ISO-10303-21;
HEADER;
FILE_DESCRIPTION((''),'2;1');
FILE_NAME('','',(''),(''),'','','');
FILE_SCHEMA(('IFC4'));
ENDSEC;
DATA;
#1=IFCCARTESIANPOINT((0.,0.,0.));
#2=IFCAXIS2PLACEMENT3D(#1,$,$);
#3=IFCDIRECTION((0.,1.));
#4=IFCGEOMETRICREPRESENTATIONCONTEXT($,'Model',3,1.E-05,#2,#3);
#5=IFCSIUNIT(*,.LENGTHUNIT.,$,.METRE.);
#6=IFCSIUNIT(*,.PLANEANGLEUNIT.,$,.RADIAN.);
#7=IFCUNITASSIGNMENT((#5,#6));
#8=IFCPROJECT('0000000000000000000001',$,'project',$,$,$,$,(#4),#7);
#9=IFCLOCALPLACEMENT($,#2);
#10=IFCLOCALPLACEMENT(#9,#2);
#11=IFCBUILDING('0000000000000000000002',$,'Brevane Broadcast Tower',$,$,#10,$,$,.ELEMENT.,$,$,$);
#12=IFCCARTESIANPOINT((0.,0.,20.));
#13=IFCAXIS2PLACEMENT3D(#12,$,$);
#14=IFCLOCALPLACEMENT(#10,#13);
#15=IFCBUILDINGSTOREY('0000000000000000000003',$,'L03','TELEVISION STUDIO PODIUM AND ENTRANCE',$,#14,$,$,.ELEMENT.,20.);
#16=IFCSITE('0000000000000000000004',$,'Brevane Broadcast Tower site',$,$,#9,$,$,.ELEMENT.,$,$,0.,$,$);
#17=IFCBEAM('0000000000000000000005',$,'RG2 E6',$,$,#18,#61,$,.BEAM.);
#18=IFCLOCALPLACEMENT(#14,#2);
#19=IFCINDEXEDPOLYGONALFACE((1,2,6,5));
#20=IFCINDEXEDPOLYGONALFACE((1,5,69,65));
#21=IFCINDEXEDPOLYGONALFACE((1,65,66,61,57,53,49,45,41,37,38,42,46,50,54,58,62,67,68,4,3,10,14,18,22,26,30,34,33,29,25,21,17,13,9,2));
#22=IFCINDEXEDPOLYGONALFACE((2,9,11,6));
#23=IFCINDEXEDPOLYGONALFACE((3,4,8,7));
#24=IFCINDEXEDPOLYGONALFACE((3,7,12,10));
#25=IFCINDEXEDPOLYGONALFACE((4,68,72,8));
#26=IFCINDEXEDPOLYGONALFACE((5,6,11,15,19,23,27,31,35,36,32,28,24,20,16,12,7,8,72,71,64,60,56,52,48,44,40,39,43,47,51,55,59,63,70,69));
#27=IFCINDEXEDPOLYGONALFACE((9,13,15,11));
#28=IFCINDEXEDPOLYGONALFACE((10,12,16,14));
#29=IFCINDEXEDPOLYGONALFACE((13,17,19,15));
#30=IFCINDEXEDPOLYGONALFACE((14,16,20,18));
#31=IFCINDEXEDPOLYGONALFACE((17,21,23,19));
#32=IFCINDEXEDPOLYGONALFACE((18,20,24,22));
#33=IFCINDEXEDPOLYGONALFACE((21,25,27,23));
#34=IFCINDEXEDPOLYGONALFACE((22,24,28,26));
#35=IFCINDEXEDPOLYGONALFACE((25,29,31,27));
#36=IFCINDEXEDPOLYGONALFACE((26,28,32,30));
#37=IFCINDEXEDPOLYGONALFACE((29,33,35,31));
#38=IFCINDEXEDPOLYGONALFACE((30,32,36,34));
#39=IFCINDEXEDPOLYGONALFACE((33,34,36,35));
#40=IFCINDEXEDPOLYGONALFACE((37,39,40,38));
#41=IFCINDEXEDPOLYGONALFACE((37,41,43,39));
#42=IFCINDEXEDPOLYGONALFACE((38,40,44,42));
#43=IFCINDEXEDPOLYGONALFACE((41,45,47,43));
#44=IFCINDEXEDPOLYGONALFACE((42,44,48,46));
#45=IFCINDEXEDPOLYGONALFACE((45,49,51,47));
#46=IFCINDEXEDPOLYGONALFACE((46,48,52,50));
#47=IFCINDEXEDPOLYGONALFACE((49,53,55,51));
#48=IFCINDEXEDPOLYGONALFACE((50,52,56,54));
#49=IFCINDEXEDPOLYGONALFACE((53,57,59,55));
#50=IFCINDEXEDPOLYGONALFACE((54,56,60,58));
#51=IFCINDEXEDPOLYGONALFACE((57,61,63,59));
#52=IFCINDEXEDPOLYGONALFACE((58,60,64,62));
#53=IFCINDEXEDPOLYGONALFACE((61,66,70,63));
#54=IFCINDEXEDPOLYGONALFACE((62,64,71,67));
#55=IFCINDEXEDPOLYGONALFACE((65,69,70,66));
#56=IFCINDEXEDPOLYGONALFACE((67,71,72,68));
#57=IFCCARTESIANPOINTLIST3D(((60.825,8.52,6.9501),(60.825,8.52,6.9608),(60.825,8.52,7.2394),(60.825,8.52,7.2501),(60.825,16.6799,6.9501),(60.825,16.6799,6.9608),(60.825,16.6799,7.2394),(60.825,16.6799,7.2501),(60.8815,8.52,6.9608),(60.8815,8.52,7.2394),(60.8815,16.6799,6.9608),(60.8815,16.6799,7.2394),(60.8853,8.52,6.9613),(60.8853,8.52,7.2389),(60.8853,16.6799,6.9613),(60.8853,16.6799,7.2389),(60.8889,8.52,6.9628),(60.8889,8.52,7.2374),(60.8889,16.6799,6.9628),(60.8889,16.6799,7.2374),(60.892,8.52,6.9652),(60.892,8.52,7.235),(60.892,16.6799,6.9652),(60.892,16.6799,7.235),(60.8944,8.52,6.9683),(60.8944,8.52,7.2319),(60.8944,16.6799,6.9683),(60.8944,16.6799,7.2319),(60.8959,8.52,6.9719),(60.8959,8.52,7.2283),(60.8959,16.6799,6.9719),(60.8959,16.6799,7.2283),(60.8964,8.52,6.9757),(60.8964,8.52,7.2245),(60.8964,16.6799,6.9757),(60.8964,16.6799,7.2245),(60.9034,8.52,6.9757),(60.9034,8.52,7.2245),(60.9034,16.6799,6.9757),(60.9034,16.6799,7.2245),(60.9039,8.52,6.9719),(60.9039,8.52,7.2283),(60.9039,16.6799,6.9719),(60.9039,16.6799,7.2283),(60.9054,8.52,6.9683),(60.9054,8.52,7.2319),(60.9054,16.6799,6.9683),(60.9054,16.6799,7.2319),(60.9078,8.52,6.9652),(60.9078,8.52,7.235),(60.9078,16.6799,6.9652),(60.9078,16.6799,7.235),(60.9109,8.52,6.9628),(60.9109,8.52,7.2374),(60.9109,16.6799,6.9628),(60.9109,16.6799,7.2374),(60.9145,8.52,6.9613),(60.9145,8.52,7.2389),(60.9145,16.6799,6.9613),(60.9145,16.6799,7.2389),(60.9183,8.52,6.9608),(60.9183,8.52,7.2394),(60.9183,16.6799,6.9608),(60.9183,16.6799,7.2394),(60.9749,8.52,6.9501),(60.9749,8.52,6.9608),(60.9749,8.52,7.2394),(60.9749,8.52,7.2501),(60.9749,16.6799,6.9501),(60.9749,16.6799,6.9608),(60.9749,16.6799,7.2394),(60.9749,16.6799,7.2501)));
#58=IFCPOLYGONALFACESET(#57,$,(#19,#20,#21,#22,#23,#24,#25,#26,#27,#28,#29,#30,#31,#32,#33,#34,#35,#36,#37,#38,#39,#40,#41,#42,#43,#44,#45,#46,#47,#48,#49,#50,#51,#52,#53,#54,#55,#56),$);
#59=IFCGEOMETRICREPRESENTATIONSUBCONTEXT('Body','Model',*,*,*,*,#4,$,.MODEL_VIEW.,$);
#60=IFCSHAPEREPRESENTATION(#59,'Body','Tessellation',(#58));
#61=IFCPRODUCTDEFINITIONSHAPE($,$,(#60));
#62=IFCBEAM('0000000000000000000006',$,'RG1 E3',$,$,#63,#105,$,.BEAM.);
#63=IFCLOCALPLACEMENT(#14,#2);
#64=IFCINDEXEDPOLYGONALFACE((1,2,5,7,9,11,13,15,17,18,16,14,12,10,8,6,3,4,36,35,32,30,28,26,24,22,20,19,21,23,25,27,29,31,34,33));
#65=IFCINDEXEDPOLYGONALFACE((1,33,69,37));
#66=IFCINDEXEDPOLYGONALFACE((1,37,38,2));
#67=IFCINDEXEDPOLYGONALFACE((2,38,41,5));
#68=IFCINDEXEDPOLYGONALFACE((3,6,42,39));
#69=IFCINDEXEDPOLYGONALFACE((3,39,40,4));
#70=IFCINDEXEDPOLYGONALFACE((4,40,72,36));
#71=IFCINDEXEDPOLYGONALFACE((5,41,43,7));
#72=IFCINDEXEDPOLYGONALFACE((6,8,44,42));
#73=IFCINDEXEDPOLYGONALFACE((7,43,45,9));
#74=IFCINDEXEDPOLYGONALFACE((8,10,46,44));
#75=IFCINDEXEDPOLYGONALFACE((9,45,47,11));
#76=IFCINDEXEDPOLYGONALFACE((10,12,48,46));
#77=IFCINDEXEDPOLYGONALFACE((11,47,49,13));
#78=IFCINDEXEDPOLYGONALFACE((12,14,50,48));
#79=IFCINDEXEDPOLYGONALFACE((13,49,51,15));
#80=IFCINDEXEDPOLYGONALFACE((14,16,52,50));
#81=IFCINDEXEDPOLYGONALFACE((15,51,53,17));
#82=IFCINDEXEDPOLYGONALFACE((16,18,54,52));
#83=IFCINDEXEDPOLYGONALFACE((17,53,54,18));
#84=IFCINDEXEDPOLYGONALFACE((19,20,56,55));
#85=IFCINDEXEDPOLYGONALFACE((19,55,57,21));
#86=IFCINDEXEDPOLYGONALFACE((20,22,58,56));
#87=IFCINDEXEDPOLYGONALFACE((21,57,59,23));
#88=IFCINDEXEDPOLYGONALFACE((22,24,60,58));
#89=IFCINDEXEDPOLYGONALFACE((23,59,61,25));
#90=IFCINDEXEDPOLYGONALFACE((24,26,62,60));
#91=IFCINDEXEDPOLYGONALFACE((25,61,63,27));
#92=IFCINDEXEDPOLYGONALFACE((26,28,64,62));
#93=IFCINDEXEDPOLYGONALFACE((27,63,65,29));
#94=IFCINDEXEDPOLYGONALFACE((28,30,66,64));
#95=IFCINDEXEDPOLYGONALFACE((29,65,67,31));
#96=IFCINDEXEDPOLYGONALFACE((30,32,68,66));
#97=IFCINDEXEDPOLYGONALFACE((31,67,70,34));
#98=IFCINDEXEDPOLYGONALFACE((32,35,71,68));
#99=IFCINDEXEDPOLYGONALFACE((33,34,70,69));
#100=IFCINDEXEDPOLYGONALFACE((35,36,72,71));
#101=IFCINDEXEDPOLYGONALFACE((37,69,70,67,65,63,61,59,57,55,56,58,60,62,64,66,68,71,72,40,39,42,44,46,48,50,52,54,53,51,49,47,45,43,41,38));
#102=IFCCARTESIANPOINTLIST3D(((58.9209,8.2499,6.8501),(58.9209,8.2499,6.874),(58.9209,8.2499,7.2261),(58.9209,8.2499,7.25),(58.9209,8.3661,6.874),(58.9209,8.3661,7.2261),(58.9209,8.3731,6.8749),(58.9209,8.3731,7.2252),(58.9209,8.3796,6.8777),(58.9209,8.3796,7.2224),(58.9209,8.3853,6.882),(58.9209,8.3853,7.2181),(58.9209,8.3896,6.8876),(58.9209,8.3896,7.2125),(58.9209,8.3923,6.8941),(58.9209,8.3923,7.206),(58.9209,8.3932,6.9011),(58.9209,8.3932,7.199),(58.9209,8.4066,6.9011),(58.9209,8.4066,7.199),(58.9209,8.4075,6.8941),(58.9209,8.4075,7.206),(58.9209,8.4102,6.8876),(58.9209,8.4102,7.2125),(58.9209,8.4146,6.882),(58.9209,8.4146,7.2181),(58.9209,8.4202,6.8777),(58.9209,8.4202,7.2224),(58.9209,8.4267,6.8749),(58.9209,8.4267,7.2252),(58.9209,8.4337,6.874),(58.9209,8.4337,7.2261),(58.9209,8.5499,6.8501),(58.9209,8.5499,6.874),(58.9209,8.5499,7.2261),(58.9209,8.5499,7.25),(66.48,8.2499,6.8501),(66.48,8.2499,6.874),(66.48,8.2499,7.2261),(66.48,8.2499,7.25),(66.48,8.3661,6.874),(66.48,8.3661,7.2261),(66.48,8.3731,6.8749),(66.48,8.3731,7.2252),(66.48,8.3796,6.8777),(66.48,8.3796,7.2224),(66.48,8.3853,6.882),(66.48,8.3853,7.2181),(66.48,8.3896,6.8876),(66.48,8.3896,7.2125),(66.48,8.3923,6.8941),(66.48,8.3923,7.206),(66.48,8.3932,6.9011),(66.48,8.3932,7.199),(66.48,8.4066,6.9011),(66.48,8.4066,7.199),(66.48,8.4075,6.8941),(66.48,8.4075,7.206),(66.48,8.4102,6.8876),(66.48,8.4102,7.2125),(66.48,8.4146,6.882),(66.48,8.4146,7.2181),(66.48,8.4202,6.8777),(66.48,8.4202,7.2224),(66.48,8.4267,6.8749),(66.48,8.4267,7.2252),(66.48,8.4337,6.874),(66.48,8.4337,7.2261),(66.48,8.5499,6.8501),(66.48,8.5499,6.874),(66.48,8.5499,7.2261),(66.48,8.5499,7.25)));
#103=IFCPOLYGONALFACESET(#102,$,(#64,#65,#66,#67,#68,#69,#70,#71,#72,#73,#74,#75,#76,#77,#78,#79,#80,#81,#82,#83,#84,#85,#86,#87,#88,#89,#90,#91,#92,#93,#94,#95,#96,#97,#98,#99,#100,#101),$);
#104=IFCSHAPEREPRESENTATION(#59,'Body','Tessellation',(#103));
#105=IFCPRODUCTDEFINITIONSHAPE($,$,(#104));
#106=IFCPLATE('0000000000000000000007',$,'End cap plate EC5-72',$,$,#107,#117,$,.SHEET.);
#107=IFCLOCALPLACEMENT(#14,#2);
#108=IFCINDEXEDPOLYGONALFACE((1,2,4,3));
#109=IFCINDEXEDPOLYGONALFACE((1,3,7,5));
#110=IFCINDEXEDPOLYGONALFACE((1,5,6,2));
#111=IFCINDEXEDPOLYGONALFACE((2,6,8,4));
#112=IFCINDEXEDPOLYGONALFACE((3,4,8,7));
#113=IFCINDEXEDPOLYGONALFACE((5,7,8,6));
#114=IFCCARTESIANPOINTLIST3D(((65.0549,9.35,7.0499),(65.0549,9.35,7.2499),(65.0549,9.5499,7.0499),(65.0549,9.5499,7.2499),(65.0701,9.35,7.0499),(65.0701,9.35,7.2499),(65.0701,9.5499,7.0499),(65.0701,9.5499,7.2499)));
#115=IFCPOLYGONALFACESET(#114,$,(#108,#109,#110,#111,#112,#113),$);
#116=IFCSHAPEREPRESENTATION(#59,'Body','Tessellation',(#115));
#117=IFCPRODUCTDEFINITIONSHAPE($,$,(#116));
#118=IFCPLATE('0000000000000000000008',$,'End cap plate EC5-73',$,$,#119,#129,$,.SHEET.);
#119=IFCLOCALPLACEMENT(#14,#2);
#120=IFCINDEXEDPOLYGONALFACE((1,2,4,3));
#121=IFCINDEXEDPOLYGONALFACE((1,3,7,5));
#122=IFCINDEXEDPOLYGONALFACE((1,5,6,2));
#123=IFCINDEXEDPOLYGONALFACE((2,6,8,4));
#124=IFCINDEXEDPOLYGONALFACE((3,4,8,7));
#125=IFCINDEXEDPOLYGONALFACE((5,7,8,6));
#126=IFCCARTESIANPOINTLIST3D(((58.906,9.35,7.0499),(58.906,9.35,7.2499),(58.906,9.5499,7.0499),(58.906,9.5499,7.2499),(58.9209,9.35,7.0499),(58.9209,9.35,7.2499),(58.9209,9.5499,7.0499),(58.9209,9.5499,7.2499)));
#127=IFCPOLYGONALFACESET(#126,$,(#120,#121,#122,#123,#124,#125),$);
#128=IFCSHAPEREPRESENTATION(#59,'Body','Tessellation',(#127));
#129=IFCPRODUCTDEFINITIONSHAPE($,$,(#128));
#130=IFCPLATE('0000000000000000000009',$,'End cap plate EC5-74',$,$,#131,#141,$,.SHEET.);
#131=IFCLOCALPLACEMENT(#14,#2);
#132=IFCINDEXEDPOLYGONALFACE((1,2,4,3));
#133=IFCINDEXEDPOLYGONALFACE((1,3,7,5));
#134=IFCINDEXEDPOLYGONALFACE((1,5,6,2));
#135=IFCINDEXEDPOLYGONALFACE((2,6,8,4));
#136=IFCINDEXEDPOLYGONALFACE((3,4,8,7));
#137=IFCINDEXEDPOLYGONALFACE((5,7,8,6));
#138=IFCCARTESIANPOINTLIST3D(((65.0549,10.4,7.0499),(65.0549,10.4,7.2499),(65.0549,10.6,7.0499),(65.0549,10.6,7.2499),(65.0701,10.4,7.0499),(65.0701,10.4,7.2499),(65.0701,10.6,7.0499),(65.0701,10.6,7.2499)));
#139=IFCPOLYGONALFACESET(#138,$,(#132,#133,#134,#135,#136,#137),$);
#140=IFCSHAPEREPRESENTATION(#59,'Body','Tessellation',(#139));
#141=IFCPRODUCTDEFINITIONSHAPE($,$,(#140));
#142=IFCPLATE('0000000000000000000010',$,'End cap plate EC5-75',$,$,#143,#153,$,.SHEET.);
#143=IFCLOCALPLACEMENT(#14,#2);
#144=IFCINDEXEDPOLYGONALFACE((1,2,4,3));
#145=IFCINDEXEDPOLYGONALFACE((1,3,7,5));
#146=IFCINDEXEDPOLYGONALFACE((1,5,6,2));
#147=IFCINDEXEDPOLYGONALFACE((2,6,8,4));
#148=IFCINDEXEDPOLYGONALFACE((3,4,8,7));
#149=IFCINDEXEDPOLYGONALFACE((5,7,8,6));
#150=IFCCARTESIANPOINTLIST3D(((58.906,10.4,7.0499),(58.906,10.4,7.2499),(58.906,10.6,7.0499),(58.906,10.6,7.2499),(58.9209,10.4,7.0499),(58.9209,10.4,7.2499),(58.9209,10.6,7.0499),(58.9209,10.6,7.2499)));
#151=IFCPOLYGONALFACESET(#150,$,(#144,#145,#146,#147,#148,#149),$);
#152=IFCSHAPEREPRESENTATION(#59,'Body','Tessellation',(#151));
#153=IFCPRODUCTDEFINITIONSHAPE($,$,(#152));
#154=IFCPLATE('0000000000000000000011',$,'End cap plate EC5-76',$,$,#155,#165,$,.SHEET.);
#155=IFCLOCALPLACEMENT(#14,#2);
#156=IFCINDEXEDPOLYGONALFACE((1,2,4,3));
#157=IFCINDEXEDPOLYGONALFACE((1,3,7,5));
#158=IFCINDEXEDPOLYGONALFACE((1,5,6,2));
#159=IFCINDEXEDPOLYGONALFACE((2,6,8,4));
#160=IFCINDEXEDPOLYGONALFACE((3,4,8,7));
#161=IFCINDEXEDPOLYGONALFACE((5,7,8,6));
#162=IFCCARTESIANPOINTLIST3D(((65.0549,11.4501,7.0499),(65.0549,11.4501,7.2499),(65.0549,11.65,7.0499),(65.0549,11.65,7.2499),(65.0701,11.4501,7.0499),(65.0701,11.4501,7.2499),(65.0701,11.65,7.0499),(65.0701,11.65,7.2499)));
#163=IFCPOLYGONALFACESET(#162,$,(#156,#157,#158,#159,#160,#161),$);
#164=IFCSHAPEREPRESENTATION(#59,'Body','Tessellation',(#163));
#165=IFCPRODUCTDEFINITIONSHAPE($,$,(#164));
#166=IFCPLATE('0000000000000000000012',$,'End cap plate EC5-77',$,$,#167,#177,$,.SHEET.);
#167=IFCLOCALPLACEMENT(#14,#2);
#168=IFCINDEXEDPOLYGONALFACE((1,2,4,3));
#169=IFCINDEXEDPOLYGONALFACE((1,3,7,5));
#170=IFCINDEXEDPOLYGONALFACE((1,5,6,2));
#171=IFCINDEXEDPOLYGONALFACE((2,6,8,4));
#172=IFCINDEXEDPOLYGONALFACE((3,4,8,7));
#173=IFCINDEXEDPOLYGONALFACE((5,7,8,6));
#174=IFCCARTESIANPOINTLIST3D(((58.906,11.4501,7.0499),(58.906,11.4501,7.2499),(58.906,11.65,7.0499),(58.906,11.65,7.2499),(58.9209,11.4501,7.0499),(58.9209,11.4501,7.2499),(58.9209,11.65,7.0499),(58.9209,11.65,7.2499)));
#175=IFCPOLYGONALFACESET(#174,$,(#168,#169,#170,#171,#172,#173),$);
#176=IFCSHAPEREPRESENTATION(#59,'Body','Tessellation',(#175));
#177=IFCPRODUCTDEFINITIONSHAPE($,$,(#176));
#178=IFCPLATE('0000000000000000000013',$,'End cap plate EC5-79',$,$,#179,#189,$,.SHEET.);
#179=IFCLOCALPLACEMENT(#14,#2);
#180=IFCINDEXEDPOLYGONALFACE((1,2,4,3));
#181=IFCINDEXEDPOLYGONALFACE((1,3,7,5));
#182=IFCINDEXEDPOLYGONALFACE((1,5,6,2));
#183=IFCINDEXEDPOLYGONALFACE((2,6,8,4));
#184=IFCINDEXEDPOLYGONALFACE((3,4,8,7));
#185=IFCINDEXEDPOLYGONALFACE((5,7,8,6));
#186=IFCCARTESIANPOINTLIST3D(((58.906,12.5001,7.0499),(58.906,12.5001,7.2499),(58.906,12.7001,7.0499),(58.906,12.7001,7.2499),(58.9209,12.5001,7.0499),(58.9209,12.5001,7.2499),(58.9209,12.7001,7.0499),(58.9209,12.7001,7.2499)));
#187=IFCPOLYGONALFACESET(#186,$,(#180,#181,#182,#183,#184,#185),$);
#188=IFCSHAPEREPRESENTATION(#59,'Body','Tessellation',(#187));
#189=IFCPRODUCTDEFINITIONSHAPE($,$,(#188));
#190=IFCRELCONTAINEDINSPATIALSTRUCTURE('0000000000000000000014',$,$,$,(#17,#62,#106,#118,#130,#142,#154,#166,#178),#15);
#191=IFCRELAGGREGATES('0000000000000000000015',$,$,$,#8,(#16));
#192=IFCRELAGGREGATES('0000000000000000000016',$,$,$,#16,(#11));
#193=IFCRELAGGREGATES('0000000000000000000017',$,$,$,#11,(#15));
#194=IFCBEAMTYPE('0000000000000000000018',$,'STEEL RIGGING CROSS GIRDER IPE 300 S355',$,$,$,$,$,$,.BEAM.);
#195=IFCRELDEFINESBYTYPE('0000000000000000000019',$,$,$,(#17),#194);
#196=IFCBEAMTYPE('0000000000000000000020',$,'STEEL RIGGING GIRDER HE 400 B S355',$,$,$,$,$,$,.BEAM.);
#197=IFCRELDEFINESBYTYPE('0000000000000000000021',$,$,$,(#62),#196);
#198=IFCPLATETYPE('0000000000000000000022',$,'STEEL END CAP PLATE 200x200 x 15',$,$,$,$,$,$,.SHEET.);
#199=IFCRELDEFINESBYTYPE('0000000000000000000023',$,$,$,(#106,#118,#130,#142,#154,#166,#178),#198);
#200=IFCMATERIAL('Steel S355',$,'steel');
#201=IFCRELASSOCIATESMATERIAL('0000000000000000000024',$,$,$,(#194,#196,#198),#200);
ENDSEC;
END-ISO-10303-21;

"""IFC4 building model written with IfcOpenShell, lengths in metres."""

from ifc_helpers import new_model, si_unit, direction, frame, origin, origin_2d, place, context, subcontext, project, spatial, rectangle, i_section, extrude, material, material_profile, profile_set, type_object, element, save


model = new_model("IFC4")

# Units and contexts
model_context = context("Model", 3, precision=1e-05, world=origin(), true_north=direction((0.0, 1.0)))
body_context = subcontext(model_context, "Body", "Model", "MODEL_VIEW")
ifc_project = project(units=[si_unit("LENGTHUNIT", "METRE"), si_unit("PLANEANGLEUNIT", "RADIAN")], contexts=[model_context])

# Site, building, storey
site_placement = place(None, origin())
site = spatial("IfcSite", under=ifc_project, at=site_placement, Name="Brevane Broadcast Tower site", CompositionType="ELEMENT", RefElevation=0.0)
building_placement = place(site_placement, origin())
building = spatial("IfcBuilding", under=site, at=building_placement, Name="Brevane Broadcast Tower", CompositionType="ELEMENT")
storey_placement = place(building_placement, frame((0.0, 0.0, 20.0)))
storey = spatial("IfcBuildingStorey", under=building, at=storey_placement, Name="L03", Description="TELEVISION STUDIO PODIUM AND ENTRANCE", CompositionType="ELEMENT", Elevation=20.0)

# Beams
ifc_material_1 = material(Name="Steel S355", Category="steel")
ifc_material_profile_1 = material_profile(ifc_material_1, i_section(OverallWidth=0.1499, OverallDepth=0.3, WebThickness=0.0071, FlangeThickness=0.0107, FilletRadius=0.0149, at=origin_2d()), Name="IPE 300")
ifc_profile_set_1 = profile_set([ifc_material_profile_1], Name="Steel S355")
beam_type_1 = type_object("IfcBeamType", Name="STEEL RIGGING CROSS GIRDER IPE 300 S355", PredefinedType="BEAM", material=ifc_profile_set_1)
for number, where, z_axis, x_axis, name in (
    (1, (60.8999, 8.52, 7.1001), (0.0, 1.0, 0.0), (-1.0, 0.0, 0.0), "RG2 E6"),
):
    element("IfcBeam", number, at=place(storey_placement, frame(where, z_axis=z_axis, x_axis=x_axis)), inside=storey, type_object=beam_type_1, Name=name, PredefinedType="BEAM", context=body_context, shape_type="SweptSolid", body=[
        extrude(i_section(OverallWidth=0.1499, OverallDepth=0.3, WebThickness=0.0071, FlangeThickness=0.0107, FilletRadius=0.0149, at=origin_2d()), origin(), (0.0, 0.0, 1.0), 8.1599),
    ])
ifc_material_profile_2 = material_profile(ifc_material_1, i_section(OverallWidth=0.3, OverallDepth=0.3999, WebThickness=0.0134, FlangeThickness=0.0239, FilletRadius=0.0271, at=origin_2d()), Name="HE 400 B")
ifc_profile_set_2 = profile_set([ifc_material_profile_2], Name="Steel S355")
beam_type_2 = type_object("IfcBeamType", Name="STEEL RIGGING GIRDER HE 400 B S355", PredefinedType="BEAM", material=ifc_profile_set_2)
beam_1_placement = place(storey_placement, frame((66.48, 8.3999, 7.05), z_axis=(-1.0, 0.0, 0.0), x_axis=(0.0, -1.0, 0.0)))
element("IfcBeam", 2, at=beam_1_placement, inside=storey, type_object=beam_type_2, Name="RG1 E3", PredefinedType="BEAM", context=body_context, shape_type="SweptSolid", body=[
    extrude(i_section(OverallWidth=0.3, OverallDepth=0.3999, WebThickness=0.0134, FlangeThickness=0.0239, FilletRadius=0.0271, at=origin_2d()), origin(), (0.0, 0.0, 1.0), 7.5591),
])

# Plates
ifc_material_profile_3 = material_profile(ifc_material_1, rectangle(XDim=0.2, YDim=0.2, at=origin_2d()), Name="PL 200x200 x 15")
ifc_profile_set_3 = profile_set([ifc_material_profile_3], Name="Steel S355")
plate_type_1 = type_object("IfcPlateType", Name="STEEL END CAP PLATE 200x200 x 15", PredefinedType="SHEET", material=ifc_profile_set_3)
plate_1_placement = place(storey_placement, frame((65.0701, 9.45, 7.1499), z_axis=(-1.0, 0.0, 0.0), x_axis=(0.0, -1.0, 0.0)))
element("IfcPlate", 3, at=plate_1_placement, inside=storey, type_object=plate_type_1, Name="End cap plate EC5-72", PredefinedType="SHEET", context=body_context, shape_type="SweptSolid", body=[
    extrude(rectangle(XDim=0.2, YDim=0.2, at=origin_2d()), origin(), (0.0, 0.0, 1.0), 0.0151),
])
plate_2_placement = place(storey_placement, frame((58.9209, 9.45, 7.1499), z_axis=(-1.0, 0.0, 0.0), x_axis=(0.0, -1.0, 0.0)))
element("IfcPlate", 4, at=plate_2_placement, inside=storey, type_object=plate_type_1, Name="End cap plate EC5-73", PredefinedType="SHEET", context=body_context, shape_type="SweptSolid", body=[
    extrude(rectangle(XDim=0.2, YDim=0.2, at=origin_2d()), origin(), (0.0, 0.0, 1.0), 0.0149),
])
plate_3_placement = place(storey_placement, frame((65.0701, 10.5, 7.1499), z_axis=(-1.0, 0.0, 0.0), x_axis=(0.0, -1.0, 0.0)))
element("IfcPlate", 5, at=plate_3_placement, inside=storey, type_object=plate_type_1, Name="End cap plate EC5-74", PredefinedType="SHEET", context=body_context, shape_type="SweptSolid", body=[
    extrude(rectangle(XDim=0.2, YDim=0.2, at=origin_2d()), origin(), (0.0, 0.0, 1.0), 0.0151),
])
plate_4_placement = place(storey_placement, frame((58.9209, 10.5, 7.1499), z_axis=(-1.0, 0.0, 0.0), x_axis=(0.0, -1.0, 0.0)))
element("IfcPlate", 6, at=plate_4_placement, inside=storey, type_object=plate_type_1, Name="End cap plate EC5-75", PredefinedType="SHEET", context=body_context, shape_type="SweptSolid", body=[
    extrude(rectangle(XDim=0.2, YDim=0.2, at=origin_2d()), origin(), (0.0, 0.0, 1.0), 0.0149),
])
plate_5_placement = place(storey_placement, frame((65.0701, 11.55, 7.1499), z_axis=(-1.0, 0.0, 0.0), x_axis=(0.0, -1.0, 0.0)))
element("IfcPlate", 7, at=plate_5_placement, inside=storey, type_object=plate_type_1, Name="End cap plate EC5-76", PredefinedType="SHEET", context=body_context, shape_type="SweptSolid", body=[
    extrude(rectangle(XDim=0.2, YDim=0.2, at=origin_2d()), origin(), (0.0, 0.0, 1.0), 0.0151),
])
for number, where, z_axis, x_axis, name in (
    (8, (58.9209, 11.55, 7.1499), (-1.0, 0.0, 0.0), (0.0, -1.0, 0.0), "End cap plate EC5-77"),
    (9, (58.9209, 12.6001, 7.1499), (-1.0, 0.0, 0.0), (0.0, -1.0, 0.0), "End cap plate EC5-79"),
):
    element("IfcPlate", number, at=place(storey_placement, frame(where, z_axis=z_axis, x_axis=x_axis)), inside=storey, type_object=plate_type_1, Name=name, PredefinedType="SHEET", context=body_context, shape_type="SweptSolid", body=[
        extrude(rectangle(XDim=0.2, YDim=0.2, at=origin_2d()), origin(), (0.0, 0.0, 1.0), 0.0149),
    ])

save(model, "model.ifc")
